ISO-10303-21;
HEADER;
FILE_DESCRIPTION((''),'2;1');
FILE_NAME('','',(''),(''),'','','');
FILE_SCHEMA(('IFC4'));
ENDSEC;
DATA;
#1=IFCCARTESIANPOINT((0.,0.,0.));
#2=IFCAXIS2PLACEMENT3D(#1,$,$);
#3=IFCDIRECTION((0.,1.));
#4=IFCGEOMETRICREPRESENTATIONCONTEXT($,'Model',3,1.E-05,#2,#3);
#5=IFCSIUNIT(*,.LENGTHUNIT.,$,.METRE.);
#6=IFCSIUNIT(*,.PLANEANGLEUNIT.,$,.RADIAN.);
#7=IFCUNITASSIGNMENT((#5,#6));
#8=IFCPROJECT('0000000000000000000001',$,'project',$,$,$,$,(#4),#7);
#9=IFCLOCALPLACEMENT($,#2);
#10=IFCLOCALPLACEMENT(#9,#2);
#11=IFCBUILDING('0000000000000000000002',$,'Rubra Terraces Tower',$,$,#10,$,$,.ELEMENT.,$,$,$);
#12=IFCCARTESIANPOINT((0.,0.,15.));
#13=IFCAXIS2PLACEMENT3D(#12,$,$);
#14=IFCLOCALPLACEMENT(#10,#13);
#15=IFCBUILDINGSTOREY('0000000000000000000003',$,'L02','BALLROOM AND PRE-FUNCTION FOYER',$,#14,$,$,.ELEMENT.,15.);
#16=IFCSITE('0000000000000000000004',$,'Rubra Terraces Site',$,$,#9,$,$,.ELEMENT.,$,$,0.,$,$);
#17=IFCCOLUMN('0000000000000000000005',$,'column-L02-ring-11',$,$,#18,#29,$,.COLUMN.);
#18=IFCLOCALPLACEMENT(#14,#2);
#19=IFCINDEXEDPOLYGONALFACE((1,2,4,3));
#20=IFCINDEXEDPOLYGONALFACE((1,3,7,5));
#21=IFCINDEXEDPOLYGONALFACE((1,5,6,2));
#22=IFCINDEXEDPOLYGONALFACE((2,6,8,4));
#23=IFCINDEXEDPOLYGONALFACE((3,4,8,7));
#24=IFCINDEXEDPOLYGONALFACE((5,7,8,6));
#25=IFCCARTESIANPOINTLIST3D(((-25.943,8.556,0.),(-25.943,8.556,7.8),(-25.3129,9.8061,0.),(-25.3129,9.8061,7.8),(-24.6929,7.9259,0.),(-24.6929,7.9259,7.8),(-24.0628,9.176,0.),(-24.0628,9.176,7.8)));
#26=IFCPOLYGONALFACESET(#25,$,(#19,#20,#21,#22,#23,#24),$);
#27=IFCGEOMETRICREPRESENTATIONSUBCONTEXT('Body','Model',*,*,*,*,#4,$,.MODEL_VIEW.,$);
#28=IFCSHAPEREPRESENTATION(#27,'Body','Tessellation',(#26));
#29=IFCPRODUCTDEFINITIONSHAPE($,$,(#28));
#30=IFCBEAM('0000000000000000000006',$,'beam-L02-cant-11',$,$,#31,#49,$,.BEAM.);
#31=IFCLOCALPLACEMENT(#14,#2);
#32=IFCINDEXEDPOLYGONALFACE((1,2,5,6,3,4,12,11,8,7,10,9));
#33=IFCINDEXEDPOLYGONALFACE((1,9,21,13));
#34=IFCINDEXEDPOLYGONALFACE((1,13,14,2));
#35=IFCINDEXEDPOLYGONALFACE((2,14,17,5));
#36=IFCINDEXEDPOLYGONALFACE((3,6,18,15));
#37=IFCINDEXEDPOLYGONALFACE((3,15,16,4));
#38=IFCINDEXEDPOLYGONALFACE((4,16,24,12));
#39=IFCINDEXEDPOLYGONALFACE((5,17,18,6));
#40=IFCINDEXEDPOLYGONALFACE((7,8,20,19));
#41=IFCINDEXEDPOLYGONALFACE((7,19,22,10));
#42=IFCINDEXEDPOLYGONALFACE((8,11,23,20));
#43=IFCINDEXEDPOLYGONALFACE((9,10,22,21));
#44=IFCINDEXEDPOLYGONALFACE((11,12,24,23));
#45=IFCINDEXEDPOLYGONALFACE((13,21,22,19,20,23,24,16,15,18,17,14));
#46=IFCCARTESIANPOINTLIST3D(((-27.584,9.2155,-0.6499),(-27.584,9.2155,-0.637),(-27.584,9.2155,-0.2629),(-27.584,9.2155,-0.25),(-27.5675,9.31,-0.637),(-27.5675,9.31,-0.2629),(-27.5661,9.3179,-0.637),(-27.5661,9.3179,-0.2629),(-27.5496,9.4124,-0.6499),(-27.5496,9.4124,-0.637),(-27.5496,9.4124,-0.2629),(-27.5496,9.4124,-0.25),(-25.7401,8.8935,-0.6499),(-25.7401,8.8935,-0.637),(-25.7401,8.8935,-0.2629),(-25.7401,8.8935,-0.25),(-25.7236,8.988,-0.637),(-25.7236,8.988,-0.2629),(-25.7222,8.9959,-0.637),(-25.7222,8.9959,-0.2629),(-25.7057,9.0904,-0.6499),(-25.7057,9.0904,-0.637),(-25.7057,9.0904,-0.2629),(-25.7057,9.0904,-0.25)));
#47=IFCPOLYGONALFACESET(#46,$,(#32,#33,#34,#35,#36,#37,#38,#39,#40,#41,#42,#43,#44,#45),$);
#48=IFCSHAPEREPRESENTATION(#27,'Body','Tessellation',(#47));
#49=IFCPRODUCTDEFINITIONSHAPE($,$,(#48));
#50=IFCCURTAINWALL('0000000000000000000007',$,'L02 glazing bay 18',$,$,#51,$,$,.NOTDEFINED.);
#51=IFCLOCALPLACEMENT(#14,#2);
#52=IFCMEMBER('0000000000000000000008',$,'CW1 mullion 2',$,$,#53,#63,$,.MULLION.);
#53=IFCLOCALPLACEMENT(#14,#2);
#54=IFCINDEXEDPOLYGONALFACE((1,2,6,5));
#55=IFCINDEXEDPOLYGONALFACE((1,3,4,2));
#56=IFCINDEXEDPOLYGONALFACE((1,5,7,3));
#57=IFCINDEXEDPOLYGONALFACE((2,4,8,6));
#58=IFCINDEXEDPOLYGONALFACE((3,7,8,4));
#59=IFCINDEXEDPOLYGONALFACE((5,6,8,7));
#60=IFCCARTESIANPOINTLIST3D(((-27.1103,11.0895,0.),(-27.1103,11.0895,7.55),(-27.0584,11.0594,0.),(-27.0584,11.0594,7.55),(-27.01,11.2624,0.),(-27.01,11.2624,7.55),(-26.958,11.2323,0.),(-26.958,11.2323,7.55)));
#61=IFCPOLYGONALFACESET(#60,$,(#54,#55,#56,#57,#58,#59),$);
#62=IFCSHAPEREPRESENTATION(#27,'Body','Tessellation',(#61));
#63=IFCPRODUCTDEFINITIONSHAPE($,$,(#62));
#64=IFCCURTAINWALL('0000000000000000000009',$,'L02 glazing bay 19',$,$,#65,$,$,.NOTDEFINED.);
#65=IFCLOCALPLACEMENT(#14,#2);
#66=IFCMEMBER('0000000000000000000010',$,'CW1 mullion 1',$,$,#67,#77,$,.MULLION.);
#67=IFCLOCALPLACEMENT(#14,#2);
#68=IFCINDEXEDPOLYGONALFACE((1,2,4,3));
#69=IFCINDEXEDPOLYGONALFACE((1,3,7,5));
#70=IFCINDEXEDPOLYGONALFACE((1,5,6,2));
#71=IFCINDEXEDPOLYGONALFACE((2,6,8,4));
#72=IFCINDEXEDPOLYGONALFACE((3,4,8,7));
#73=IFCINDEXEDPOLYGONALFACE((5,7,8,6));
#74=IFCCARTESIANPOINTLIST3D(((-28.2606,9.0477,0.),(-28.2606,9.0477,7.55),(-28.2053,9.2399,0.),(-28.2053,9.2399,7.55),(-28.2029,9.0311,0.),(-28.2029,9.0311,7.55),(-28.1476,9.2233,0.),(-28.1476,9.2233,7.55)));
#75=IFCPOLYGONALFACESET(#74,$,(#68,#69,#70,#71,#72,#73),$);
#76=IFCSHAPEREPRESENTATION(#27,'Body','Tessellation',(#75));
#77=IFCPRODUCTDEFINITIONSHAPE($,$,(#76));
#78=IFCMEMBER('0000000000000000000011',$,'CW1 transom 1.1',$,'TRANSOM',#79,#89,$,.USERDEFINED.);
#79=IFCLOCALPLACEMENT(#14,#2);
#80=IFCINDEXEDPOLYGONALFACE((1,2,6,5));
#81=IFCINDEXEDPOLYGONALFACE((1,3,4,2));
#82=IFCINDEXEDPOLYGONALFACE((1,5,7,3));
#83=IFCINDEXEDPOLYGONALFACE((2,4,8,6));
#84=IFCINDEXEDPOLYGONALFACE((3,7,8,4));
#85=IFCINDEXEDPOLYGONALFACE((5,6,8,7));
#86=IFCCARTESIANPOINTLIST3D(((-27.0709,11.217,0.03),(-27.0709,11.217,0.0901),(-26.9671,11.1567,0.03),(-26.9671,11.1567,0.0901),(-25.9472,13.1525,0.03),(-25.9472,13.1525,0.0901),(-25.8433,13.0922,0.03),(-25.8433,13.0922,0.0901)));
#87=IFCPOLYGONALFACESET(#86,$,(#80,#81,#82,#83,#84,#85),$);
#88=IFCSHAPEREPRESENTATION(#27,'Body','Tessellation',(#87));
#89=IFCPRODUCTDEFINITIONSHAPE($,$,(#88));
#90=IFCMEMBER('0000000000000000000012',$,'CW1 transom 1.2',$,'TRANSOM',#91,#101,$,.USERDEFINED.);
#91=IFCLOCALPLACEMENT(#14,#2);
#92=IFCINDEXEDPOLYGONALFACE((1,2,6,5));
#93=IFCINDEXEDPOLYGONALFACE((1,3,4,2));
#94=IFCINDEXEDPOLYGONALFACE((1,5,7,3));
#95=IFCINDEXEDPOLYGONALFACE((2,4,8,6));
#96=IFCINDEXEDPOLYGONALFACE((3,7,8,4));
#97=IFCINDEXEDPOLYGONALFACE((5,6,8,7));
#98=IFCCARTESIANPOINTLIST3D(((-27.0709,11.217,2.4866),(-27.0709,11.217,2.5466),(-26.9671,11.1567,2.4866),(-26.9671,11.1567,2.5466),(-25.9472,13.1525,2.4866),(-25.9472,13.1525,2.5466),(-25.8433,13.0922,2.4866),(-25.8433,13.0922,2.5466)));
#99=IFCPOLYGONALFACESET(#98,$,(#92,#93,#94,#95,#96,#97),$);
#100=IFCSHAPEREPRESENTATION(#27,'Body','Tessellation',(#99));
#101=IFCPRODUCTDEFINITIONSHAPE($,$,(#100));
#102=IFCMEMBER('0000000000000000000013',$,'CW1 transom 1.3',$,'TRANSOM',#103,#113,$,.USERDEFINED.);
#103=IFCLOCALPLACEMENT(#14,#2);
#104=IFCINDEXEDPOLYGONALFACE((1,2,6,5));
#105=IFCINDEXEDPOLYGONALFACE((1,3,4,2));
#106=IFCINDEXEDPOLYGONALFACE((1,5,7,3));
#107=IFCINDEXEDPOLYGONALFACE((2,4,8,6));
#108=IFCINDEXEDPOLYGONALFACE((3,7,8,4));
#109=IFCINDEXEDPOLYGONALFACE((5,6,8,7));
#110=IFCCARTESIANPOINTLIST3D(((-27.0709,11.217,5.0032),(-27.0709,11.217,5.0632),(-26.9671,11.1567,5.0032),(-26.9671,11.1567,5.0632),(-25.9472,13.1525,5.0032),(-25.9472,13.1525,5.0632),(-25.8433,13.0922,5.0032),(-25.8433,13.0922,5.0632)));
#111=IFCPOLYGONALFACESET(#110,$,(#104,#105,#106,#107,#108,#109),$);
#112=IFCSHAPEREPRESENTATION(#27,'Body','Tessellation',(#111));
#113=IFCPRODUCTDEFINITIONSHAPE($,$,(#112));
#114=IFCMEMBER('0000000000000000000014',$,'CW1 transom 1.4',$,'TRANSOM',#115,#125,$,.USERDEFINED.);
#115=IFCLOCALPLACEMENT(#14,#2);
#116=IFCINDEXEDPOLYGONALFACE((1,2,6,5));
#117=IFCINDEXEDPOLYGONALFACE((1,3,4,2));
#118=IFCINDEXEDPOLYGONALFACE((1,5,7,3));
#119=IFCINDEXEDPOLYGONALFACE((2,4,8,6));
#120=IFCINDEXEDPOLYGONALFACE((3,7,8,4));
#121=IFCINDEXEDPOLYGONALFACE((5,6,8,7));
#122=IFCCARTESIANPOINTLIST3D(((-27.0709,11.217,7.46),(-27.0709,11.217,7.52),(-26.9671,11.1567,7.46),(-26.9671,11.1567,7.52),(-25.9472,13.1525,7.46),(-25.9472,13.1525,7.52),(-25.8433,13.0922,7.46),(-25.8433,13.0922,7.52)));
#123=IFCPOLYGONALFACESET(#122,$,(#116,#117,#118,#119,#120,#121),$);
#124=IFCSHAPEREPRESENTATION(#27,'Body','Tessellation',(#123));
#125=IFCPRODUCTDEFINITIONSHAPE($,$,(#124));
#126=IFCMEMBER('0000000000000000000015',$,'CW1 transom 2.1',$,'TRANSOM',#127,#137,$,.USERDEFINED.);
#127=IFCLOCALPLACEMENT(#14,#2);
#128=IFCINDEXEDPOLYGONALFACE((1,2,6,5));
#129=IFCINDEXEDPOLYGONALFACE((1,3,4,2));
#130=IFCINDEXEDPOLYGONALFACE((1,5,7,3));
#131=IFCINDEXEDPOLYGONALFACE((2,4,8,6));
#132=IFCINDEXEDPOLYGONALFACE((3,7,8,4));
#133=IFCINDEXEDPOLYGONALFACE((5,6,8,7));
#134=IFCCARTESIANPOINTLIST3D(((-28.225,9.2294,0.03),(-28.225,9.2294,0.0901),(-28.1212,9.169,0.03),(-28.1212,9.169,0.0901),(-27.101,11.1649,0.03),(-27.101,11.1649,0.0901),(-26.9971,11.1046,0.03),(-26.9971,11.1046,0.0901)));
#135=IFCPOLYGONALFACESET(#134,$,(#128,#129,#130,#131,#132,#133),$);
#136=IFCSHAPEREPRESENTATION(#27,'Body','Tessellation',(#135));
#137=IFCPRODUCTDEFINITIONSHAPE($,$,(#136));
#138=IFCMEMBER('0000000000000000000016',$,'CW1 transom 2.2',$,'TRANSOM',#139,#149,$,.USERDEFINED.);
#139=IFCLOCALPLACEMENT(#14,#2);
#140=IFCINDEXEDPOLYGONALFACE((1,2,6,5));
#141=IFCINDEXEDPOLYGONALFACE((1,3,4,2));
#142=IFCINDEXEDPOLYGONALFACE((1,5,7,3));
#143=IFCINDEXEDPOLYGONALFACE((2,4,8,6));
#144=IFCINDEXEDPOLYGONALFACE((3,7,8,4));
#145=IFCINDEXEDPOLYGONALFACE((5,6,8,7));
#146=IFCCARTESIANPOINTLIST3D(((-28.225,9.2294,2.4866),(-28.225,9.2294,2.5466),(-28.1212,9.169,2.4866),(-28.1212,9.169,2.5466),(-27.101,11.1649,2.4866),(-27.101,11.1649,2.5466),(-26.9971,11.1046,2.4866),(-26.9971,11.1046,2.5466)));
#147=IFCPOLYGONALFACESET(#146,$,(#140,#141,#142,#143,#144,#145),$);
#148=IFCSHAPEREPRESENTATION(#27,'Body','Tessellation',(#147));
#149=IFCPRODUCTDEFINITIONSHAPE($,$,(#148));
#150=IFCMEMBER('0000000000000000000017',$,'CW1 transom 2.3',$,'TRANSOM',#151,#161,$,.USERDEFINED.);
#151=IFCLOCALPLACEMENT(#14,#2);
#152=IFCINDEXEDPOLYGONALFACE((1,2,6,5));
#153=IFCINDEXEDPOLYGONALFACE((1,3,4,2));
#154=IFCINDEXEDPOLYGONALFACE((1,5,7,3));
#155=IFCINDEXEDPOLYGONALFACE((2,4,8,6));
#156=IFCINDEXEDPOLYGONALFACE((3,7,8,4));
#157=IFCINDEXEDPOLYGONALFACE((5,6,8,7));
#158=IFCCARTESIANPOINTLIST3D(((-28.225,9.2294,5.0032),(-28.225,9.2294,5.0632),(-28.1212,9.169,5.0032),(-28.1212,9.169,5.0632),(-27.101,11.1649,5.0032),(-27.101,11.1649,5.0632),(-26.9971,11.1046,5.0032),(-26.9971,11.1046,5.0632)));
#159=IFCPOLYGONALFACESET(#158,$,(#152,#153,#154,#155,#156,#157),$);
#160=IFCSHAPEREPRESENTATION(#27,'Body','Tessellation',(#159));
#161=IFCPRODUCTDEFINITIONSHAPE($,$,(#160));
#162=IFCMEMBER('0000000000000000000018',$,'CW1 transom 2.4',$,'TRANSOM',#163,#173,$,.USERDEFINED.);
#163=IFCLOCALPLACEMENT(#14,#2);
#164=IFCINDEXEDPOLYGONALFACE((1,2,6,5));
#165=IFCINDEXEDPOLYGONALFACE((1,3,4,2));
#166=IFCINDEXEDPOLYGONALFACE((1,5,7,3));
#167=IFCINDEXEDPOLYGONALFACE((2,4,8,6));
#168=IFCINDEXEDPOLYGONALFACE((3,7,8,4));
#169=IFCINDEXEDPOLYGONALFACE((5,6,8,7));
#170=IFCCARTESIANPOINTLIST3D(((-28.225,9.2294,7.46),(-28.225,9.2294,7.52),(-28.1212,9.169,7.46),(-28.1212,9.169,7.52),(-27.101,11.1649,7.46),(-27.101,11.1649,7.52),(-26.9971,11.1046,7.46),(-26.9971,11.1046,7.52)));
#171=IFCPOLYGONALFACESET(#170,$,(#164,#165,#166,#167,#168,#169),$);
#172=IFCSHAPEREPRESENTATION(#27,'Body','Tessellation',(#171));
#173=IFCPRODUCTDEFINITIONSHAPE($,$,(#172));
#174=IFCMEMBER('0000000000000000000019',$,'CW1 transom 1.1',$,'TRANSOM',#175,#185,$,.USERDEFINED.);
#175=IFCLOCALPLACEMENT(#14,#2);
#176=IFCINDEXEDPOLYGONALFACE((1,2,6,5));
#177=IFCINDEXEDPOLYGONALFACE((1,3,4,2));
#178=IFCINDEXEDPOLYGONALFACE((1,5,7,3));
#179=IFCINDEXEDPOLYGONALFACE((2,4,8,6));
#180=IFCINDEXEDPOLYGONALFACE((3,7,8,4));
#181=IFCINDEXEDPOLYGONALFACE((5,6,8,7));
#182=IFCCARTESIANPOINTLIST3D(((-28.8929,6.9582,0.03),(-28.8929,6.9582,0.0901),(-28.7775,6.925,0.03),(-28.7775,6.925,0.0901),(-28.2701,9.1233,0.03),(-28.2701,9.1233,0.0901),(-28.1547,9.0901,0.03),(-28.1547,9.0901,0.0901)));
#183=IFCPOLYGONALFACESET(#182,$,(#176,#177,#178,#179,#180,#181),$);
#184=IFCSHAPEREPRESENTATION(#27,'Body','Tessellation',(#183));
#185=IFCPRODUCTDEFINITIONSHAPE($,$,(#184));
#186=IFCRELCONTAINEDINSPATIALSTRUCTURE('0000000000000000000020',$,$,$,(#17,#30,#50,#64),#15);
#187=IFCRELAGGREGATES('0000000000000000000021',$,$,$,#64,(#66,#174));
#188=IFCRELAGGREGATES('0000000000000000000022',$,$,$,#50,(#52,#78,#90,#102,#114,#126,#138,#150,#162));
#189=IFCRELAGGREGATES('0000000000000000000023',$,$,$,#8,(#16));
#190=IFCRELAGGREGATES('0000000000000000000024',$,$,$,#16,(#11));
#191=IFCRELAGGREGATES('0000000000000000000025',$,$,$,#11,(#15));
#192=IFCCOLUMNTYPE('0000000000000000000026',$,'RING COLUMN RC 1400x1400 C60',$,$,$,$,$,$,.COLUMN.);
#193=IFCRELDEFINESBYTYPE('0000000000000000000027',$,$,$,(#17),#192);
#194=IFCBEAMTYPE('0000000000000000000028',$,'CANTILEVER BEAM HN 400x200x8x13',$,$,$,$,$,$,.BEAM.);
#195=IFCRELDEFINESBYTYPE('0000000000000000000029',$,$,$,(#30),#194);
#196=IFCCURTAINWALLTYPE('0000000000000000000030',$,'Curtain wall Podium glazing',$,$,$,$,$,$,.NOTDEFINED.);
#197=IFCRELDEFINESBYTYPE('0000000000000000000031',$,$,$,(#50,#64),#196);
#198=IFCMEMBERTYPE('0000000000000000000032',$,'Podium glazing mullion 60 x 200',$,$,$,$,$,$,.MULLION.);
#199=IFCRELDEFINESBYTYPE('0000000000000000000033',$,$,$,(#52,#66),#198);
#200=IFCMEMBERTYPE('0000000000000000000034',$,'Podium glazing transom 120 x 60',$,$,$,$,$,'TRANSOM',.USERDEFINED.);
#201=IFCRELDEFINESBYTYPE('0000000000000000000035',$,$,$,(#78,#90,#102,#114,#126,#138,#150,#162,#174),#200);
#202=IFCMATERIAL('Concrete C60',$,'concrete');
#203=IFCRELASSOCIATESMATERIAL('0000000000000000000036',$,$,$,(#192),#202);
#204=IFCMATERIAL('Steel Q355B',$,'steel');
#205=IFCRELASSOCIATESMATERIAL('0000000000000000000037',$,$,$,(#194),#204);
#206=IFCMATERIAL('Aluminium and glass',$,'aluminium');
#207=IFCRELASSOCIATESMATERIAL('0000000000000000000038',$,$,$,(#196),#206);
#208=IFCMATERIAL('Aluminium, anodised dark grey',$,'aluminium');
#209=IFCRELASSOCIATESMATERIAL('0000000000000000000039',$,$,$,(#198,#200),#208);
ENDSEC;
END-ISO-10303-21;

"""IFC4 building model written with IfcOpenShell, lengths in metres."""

from ifc_helpers import new_model, si_unit, direction, frame, origin, origin_2d, place, context, subcontext, project, spatial, rectangle, i_section, extrude, material, material_profile, profile_set, type_object, element, aggregate, save


model = new_model("IFC4")

# Units and contexts
model_context = context("Model", 3, precision=1e-05, world=origin(), true_north=direction((0.0, 1.0)))
body_context = subcontext(model_context, "Body", "Model", "MODEL_VIEW")
ifc_project = project(units=[si_unit("LENGTHUNIT", "METRE"), si_unit("PLANEANGLEUNIT", "RADIAN")], contexts=[model_context])

# Site, building, storey
site_placement = place(None, origin())
site = spatial("IfcSite", under=ifc_project, at=site_placement, Name="Rubra Terraces Site", CompositionType="ELEMENT", RefElevation=0.0)
building_placement = place(site_placement, origin())
building = spatial("IfcBuilding", under=site, at=building_placement, Name="Rubra Terraces Tower", CompositionType="ELEMENT")
storey_placement = place(building_placement, frame((0.0, 0.0, 15.0)))
storey = spatial("IfcBuildingStorey", under=building, at=storey_placement, Name="L02", Description="BALLROOM AND PRE-FUNCTION FOYER", CompositionType="ELEMENT", Elevation=15.0)

# Column
ifc_material_1 = material(Name="Concrete C60", Category="concrete")
ifc_material_profile_1 = material_profile(ifc_material_1, rectangle(XDim=1.3999, YDim=1.3999, at=origin_2d()), Name="RC 1400x1400")
ifc_profile_set_1 = profile_set([ifc_material_profile_1], Name="Concrete C60")
column_type = type_object("IfcColumnType", Name="RING COLUMN RC 1400x1400 C60", PredefinedType="COLUMN", material=ifc_profile_set_1)
column_placement = place(storey_placement, frame((-25.0029, 8.866, 0.0), z_axis=(0.0, 0.0, 1.0), x_axis=(-0.450099, -0.892979, 0.0)))
element("IfcColumn", 1, at=column_placement, inside=storey, type_object=column_type, Name="column-L02-ring-11", PredefinedType="COLUMN", context=body_context, shape_type="SweptSolid", body=[
    extrude(rectangle(XDim=1.3999, YDim=1.3999, at=origin_2d()), origin(), (0.0, 0.0, 1.0), 7.8),
])

# Beam
ifc_material_2 = material(Name="Steel Q355B", Category="steel")
ifc_material_profile_2 = material_profile(ifc_material_2, i_section(OverallWidth=0.2, OverallDepth=0.3999, WebThickness=0.0081, FlangeThickness=0.0129, at=origin_2d()), Name="HN 400x200x8x13")
ifc_profile_set_2 = profile_set([ifc_material_profile_2], Name="Steel Q355B")
beam_type = type_object("IfcBeamType", Name="CANTILEVER BEAM HN 400x200x8x13", PredefinedType="BEAM", material=ifc_profile_set_2)
beam_placement = place(storey_placement, frame((-25.7229, 8.9919, -0.45), z_axis=(-0.985092, 0.172029, 0.0), x_axis=(-0.172029, -0.985092, 0.0)))
element("IfcBeam", 2, at=beam_placement, inside=storey, type_object=beam_type, Name="beam-L02-cant-11", PredefinedType="BEAM", context=body_context, shape_type="SweptSolid", body=[
    extrude(i_section(OverallWidth=0.2, OverallDepth=0.3999, WebThickness=0.0081, FlangeThickness=0.0129, at=origin_2d()), origin(), (0.0, 0.0, 1.0), 1.8718),
])

# Curtain walls, members
ifc_material_3 = material(Name="Aluminium and glass", Category="aluminium")
curtain_wall_type = type_object("IfcCurtainWallType", Name="Curtain wall Podium glazing", PredefinedType="NOTDEFINED", material=ifc_material_3)
curtain_wall_1_placement = place(storey_placement, origin())
curtain_wall_1 = element("IfcCurtainWall", 3, at=curtain_wall_1_placement, inside=storey, type_object=curtain_wall_type, Name="L02 glazing bay 18", PredefinedType="NOTDEFINED")
ifc_material_4 = material(Name="Aluminium, anodised dark grey", Category="aluminium")
ifc_material_profile_3 = material_profile(ifc_material_4, rectangle(XDim=0.0601, YDim=0.2, at=origin_2d()), Name="AL 60x200")
ifc_profile_set_3 = profile_set([ifc_material_profile_3], Name="Aluminium, anodised dark grey")
member_type_1 = type_object("IfcMemberType", Name="Podium glazing mullion 60 x 200", PredefinedType="MULLION", material=ifc_profile_set_3)
member_1_placement = place(storey_placement, frame((-27.0342, 11.1609, 0.0), z_axis=(0.0, 0.0, 1.0), x_axis=(0.864813, -0.502094, 0.0)))
member_1 = element("IfcMember", 4, at=member_1_placement, type_object=member_type_1, Name="CW1 mullion 2", PredefinedType="MULLION", context=body_context, shape_type="SweptSolid", body=[
    extrude(rectangle(XDim=0.0601, YDim=0.2, at=origin_2d()), origin(), (0.0, 0.0, 1.0), 7.55),
])
curtain_wall_2_placement = place(storey_placement, origin())
curtain_wall_2 = element("IfcCurtainWall", 5, at=curtain_wall_2_placement, inside=storey, type_object=curtain_wall_type, Name="L02 glazing bay 19", PredefinedType="NOTDEFINED")
member_2_placement = place(storey_placement, frame((-28.2041, 9.1355, 0.0), z_axis=(0.0, 0.0, 1.0), x_axis=(0.961047, -0.276384, 0.0)))
member_2 = element("IfcMember", 6, at=member_2_placement, type_object=member_type_1, Name="CW1 mullion 1", PredefinedType="MULLION", context=body_context, shape_type="SweptSolid", body=[
    extrude(rectangle(XDim=0.0601, YDim=0.2, at=origin_2d()), origin(), (0.0, 0.0, 1.0), 7.55),
])

# Members
ifc_material_profile_4 = material_profile(ifc_material_4, rectangle(XDim=0.1201, YDim=0.0601, at=origin_2d()), Name="AL 120x60")
ifc_profile_set_4 = profile_set([ifc_material_profile_4], Name="Aluminium, anodised dark grey")
member_type_2 = type_object("IfcMemberType", Name="Podium glazing transom 120 x 60", ElementType="TRANSOM", PredefinedType="USERDEFINED", material=ifc_profile_set_4)
member_3_placement = place(storey_placement, frame((-25.8953, 13.1223, 0.0601), z_axis=(-0.502107, -0.864806, 0.0), x_axis=(0.864806, -0.502107, 0.0)))
member_3 = element("IfcMember", 7, at=member_3_placement, type_object=member_type_2, Name="CW1 transom 1.1", ObjectType="TRANSOM", PredefinedType="USERDEFINED", context=body_context, shape_type="SweptSolid", body=[
    extrude(rectangle(XDim=0.1201, YDim=0.0601, at=origin_2d()), origin(), (0.0, 0.0, 1.0), 2.238),
])
member_4_placement = place(storey_placement, frame((-25.8953, 13.1223, 2.5166), z_axis=(-0.502107, -0.864806, 0.0), x_axis=(0.864806, -0.502107, 0.0)))
member_4 = element("IfcMember", 8, at=member_4_placement, type_object=member_type_2, Name="CW1 transom 1.2", ObjectType="TRANSOM", PredefinedType="USERDEFINED", context=body_context, shape_type="SweptSolid", body=[
    extrude(rectangle(XDim=0.1201, YDim=0.0601, at=origin_2d()), origin(), (0.0, 0.0, 1.0), 2.238),
])
member_5_placement = place(storey_placement, frame((-25.8953, 13.1223, 5.0332), z_axis=(-0.502107, -0.864806, 0.0), x_axis=(0.864806, -0.502107, 0.0)))
member_5 = element("IfcMember", 9, at=member_5_placement, type_object=member_type_2, Name="CW1 transom 1.3", ObjectType="TRANSOM", PredefinedType="USERDEFINED", context=body_context, shape_type="SweptSolid", body=[
    extrude(rectangle(XDim=0.1201, YDim=0.0601, at=origin_2d()), origin(), (0.0, 0.0, 1.0), 2.238),
])
member_6_placement = place(storey_placement, frame((-25.8953, 13.1223, 7.49), z_axis=(-0.502107, -0.864806, 0.0), x_axis=(0.864806, -0.502107, 0.0)))
member_6 = element("IfcMember", 10, at=member_6_placement, type_object=member_type_2, Name="CW1 transom 1.4", ObjectType="TRANSOM", PredefinedType="USERDEFINED", context=body_context, shape_type="SweptSolid", body=[
    extrude(rectangle(XDim=0.1201, YDim=0.0601, at=origin_2d()), origin(), (0.0, 0.0, 1.0), 2.238),
])
member_7_placement = place(storey_placement, frame((-27.0491, 11.1348, 0.0601), z_axis=(-0.502188, -0.864758, 0.0), x_axis=(0.864758, -0.502188, 0.0)))
member_7 = element("IfcMember", 11, at=member_7_placement, type_object=member_type_2, Name="CW1 transom 2.1", ObjectType="TRANSOM", PredefinedType="USERDEFINED", context=body_context, shape_type="SweptSolid", body=[
    extrude(rectangle(XDim=0.1201, YDim=0.0601, at=origin_2d()), origin(), (0.0, 0.0, 1.0), 2.2383),
])
member_8_placement = place(storey_placement, frame((-27.0491, 11.1348, 2.5166), z_axis=(-0.502188, -0.864758, 0.0), x_axis=(0.864758, -0.502188, 0.0)))
member_8 = element("IfcMember", 12, at=member_8_placement, type_object=member_type_2, Name="CW1 transom 2.2", ObjectType="TRANSOM", PredefinedType="USERDEFINED", context=body_context, shape_type="SweptSolid", body=[
    extrude(rectangle(XDim=0.1201, YDim=0.0601, at=origin_2d()), origin(), (0.0, 0.0, 1.0), 2.2383),
])
member_9_placement = place(storey_placement, frame((-27.0491, 11.1348, 5.0332), z_axis=(-0.502188, -0.864758, 0.0), x_axis=(0.864758, -0.502188, 0.0)))
member_9 = element("IfcMember", 13, at=member_9_placement, type_object=member_type_2, Name="CW1 transom 2.3", ObjectType="TRANSOM", PredefinedType="USERDEFINED", context=body_context, shape_type="SweptSolid", body=[
    extrude(rectangle(XDim=0.1201, YDim=0.0601, at=origin_2d()), origin(), (0.0, 0.0, 1.0), 2.2383),
])
member_10_placement = place(storey_placement, frame((-27.0491, 11.1348, 7.49), z_axis=(-0.502188, -0.864758, 0.0), x_axis=(0.864758, -0.502188, 0.0)))
member_10 = element("IfcMember", 14, at=member_10_placement, type_object=member_type_2, Name="CW1 transom 2.4", ObjectType="TRANSOM", PredefinedType="USERDEFINED", context=body_context, shape_type="SweptSolid", body=[
    extrude(rectangle(XDim=0.1201, YDim=0.0601, at=origin_2d()), origin(), (0.0, 0.0, 1.0), 2.2383),
])
member_11_placement = place(storey_placement, frame((-28.2124, 9.1067, 0.0601), z_axis=(-0.276453, -0.961028, 0.0), x_axis=(0.961028, -0.276453, 0.0)))
member_11 = element("IfcMember", 15, at=member_11_placement, type_object=member_type_2, Name="CW1 transom 1.1", ObjectType="TRANSOM", PredefinedType="USERDEFINED", context=body_context, shape_type="SweptSolid", body=[
    extrude(rectangle(XDim=0.1201, YDim=0.0601, at=origin_2d()), origin(), (0.0, 0.0, 1.0), 2.2529),
])
aggregate(curtain_wall_2, [member_2, member_11])

aggregate(curtain_wall_1, [member_1, member_3, member_4, member_5, member_6, member_7, member_8, member_9, member_10])

save(model, "model.ifc")
